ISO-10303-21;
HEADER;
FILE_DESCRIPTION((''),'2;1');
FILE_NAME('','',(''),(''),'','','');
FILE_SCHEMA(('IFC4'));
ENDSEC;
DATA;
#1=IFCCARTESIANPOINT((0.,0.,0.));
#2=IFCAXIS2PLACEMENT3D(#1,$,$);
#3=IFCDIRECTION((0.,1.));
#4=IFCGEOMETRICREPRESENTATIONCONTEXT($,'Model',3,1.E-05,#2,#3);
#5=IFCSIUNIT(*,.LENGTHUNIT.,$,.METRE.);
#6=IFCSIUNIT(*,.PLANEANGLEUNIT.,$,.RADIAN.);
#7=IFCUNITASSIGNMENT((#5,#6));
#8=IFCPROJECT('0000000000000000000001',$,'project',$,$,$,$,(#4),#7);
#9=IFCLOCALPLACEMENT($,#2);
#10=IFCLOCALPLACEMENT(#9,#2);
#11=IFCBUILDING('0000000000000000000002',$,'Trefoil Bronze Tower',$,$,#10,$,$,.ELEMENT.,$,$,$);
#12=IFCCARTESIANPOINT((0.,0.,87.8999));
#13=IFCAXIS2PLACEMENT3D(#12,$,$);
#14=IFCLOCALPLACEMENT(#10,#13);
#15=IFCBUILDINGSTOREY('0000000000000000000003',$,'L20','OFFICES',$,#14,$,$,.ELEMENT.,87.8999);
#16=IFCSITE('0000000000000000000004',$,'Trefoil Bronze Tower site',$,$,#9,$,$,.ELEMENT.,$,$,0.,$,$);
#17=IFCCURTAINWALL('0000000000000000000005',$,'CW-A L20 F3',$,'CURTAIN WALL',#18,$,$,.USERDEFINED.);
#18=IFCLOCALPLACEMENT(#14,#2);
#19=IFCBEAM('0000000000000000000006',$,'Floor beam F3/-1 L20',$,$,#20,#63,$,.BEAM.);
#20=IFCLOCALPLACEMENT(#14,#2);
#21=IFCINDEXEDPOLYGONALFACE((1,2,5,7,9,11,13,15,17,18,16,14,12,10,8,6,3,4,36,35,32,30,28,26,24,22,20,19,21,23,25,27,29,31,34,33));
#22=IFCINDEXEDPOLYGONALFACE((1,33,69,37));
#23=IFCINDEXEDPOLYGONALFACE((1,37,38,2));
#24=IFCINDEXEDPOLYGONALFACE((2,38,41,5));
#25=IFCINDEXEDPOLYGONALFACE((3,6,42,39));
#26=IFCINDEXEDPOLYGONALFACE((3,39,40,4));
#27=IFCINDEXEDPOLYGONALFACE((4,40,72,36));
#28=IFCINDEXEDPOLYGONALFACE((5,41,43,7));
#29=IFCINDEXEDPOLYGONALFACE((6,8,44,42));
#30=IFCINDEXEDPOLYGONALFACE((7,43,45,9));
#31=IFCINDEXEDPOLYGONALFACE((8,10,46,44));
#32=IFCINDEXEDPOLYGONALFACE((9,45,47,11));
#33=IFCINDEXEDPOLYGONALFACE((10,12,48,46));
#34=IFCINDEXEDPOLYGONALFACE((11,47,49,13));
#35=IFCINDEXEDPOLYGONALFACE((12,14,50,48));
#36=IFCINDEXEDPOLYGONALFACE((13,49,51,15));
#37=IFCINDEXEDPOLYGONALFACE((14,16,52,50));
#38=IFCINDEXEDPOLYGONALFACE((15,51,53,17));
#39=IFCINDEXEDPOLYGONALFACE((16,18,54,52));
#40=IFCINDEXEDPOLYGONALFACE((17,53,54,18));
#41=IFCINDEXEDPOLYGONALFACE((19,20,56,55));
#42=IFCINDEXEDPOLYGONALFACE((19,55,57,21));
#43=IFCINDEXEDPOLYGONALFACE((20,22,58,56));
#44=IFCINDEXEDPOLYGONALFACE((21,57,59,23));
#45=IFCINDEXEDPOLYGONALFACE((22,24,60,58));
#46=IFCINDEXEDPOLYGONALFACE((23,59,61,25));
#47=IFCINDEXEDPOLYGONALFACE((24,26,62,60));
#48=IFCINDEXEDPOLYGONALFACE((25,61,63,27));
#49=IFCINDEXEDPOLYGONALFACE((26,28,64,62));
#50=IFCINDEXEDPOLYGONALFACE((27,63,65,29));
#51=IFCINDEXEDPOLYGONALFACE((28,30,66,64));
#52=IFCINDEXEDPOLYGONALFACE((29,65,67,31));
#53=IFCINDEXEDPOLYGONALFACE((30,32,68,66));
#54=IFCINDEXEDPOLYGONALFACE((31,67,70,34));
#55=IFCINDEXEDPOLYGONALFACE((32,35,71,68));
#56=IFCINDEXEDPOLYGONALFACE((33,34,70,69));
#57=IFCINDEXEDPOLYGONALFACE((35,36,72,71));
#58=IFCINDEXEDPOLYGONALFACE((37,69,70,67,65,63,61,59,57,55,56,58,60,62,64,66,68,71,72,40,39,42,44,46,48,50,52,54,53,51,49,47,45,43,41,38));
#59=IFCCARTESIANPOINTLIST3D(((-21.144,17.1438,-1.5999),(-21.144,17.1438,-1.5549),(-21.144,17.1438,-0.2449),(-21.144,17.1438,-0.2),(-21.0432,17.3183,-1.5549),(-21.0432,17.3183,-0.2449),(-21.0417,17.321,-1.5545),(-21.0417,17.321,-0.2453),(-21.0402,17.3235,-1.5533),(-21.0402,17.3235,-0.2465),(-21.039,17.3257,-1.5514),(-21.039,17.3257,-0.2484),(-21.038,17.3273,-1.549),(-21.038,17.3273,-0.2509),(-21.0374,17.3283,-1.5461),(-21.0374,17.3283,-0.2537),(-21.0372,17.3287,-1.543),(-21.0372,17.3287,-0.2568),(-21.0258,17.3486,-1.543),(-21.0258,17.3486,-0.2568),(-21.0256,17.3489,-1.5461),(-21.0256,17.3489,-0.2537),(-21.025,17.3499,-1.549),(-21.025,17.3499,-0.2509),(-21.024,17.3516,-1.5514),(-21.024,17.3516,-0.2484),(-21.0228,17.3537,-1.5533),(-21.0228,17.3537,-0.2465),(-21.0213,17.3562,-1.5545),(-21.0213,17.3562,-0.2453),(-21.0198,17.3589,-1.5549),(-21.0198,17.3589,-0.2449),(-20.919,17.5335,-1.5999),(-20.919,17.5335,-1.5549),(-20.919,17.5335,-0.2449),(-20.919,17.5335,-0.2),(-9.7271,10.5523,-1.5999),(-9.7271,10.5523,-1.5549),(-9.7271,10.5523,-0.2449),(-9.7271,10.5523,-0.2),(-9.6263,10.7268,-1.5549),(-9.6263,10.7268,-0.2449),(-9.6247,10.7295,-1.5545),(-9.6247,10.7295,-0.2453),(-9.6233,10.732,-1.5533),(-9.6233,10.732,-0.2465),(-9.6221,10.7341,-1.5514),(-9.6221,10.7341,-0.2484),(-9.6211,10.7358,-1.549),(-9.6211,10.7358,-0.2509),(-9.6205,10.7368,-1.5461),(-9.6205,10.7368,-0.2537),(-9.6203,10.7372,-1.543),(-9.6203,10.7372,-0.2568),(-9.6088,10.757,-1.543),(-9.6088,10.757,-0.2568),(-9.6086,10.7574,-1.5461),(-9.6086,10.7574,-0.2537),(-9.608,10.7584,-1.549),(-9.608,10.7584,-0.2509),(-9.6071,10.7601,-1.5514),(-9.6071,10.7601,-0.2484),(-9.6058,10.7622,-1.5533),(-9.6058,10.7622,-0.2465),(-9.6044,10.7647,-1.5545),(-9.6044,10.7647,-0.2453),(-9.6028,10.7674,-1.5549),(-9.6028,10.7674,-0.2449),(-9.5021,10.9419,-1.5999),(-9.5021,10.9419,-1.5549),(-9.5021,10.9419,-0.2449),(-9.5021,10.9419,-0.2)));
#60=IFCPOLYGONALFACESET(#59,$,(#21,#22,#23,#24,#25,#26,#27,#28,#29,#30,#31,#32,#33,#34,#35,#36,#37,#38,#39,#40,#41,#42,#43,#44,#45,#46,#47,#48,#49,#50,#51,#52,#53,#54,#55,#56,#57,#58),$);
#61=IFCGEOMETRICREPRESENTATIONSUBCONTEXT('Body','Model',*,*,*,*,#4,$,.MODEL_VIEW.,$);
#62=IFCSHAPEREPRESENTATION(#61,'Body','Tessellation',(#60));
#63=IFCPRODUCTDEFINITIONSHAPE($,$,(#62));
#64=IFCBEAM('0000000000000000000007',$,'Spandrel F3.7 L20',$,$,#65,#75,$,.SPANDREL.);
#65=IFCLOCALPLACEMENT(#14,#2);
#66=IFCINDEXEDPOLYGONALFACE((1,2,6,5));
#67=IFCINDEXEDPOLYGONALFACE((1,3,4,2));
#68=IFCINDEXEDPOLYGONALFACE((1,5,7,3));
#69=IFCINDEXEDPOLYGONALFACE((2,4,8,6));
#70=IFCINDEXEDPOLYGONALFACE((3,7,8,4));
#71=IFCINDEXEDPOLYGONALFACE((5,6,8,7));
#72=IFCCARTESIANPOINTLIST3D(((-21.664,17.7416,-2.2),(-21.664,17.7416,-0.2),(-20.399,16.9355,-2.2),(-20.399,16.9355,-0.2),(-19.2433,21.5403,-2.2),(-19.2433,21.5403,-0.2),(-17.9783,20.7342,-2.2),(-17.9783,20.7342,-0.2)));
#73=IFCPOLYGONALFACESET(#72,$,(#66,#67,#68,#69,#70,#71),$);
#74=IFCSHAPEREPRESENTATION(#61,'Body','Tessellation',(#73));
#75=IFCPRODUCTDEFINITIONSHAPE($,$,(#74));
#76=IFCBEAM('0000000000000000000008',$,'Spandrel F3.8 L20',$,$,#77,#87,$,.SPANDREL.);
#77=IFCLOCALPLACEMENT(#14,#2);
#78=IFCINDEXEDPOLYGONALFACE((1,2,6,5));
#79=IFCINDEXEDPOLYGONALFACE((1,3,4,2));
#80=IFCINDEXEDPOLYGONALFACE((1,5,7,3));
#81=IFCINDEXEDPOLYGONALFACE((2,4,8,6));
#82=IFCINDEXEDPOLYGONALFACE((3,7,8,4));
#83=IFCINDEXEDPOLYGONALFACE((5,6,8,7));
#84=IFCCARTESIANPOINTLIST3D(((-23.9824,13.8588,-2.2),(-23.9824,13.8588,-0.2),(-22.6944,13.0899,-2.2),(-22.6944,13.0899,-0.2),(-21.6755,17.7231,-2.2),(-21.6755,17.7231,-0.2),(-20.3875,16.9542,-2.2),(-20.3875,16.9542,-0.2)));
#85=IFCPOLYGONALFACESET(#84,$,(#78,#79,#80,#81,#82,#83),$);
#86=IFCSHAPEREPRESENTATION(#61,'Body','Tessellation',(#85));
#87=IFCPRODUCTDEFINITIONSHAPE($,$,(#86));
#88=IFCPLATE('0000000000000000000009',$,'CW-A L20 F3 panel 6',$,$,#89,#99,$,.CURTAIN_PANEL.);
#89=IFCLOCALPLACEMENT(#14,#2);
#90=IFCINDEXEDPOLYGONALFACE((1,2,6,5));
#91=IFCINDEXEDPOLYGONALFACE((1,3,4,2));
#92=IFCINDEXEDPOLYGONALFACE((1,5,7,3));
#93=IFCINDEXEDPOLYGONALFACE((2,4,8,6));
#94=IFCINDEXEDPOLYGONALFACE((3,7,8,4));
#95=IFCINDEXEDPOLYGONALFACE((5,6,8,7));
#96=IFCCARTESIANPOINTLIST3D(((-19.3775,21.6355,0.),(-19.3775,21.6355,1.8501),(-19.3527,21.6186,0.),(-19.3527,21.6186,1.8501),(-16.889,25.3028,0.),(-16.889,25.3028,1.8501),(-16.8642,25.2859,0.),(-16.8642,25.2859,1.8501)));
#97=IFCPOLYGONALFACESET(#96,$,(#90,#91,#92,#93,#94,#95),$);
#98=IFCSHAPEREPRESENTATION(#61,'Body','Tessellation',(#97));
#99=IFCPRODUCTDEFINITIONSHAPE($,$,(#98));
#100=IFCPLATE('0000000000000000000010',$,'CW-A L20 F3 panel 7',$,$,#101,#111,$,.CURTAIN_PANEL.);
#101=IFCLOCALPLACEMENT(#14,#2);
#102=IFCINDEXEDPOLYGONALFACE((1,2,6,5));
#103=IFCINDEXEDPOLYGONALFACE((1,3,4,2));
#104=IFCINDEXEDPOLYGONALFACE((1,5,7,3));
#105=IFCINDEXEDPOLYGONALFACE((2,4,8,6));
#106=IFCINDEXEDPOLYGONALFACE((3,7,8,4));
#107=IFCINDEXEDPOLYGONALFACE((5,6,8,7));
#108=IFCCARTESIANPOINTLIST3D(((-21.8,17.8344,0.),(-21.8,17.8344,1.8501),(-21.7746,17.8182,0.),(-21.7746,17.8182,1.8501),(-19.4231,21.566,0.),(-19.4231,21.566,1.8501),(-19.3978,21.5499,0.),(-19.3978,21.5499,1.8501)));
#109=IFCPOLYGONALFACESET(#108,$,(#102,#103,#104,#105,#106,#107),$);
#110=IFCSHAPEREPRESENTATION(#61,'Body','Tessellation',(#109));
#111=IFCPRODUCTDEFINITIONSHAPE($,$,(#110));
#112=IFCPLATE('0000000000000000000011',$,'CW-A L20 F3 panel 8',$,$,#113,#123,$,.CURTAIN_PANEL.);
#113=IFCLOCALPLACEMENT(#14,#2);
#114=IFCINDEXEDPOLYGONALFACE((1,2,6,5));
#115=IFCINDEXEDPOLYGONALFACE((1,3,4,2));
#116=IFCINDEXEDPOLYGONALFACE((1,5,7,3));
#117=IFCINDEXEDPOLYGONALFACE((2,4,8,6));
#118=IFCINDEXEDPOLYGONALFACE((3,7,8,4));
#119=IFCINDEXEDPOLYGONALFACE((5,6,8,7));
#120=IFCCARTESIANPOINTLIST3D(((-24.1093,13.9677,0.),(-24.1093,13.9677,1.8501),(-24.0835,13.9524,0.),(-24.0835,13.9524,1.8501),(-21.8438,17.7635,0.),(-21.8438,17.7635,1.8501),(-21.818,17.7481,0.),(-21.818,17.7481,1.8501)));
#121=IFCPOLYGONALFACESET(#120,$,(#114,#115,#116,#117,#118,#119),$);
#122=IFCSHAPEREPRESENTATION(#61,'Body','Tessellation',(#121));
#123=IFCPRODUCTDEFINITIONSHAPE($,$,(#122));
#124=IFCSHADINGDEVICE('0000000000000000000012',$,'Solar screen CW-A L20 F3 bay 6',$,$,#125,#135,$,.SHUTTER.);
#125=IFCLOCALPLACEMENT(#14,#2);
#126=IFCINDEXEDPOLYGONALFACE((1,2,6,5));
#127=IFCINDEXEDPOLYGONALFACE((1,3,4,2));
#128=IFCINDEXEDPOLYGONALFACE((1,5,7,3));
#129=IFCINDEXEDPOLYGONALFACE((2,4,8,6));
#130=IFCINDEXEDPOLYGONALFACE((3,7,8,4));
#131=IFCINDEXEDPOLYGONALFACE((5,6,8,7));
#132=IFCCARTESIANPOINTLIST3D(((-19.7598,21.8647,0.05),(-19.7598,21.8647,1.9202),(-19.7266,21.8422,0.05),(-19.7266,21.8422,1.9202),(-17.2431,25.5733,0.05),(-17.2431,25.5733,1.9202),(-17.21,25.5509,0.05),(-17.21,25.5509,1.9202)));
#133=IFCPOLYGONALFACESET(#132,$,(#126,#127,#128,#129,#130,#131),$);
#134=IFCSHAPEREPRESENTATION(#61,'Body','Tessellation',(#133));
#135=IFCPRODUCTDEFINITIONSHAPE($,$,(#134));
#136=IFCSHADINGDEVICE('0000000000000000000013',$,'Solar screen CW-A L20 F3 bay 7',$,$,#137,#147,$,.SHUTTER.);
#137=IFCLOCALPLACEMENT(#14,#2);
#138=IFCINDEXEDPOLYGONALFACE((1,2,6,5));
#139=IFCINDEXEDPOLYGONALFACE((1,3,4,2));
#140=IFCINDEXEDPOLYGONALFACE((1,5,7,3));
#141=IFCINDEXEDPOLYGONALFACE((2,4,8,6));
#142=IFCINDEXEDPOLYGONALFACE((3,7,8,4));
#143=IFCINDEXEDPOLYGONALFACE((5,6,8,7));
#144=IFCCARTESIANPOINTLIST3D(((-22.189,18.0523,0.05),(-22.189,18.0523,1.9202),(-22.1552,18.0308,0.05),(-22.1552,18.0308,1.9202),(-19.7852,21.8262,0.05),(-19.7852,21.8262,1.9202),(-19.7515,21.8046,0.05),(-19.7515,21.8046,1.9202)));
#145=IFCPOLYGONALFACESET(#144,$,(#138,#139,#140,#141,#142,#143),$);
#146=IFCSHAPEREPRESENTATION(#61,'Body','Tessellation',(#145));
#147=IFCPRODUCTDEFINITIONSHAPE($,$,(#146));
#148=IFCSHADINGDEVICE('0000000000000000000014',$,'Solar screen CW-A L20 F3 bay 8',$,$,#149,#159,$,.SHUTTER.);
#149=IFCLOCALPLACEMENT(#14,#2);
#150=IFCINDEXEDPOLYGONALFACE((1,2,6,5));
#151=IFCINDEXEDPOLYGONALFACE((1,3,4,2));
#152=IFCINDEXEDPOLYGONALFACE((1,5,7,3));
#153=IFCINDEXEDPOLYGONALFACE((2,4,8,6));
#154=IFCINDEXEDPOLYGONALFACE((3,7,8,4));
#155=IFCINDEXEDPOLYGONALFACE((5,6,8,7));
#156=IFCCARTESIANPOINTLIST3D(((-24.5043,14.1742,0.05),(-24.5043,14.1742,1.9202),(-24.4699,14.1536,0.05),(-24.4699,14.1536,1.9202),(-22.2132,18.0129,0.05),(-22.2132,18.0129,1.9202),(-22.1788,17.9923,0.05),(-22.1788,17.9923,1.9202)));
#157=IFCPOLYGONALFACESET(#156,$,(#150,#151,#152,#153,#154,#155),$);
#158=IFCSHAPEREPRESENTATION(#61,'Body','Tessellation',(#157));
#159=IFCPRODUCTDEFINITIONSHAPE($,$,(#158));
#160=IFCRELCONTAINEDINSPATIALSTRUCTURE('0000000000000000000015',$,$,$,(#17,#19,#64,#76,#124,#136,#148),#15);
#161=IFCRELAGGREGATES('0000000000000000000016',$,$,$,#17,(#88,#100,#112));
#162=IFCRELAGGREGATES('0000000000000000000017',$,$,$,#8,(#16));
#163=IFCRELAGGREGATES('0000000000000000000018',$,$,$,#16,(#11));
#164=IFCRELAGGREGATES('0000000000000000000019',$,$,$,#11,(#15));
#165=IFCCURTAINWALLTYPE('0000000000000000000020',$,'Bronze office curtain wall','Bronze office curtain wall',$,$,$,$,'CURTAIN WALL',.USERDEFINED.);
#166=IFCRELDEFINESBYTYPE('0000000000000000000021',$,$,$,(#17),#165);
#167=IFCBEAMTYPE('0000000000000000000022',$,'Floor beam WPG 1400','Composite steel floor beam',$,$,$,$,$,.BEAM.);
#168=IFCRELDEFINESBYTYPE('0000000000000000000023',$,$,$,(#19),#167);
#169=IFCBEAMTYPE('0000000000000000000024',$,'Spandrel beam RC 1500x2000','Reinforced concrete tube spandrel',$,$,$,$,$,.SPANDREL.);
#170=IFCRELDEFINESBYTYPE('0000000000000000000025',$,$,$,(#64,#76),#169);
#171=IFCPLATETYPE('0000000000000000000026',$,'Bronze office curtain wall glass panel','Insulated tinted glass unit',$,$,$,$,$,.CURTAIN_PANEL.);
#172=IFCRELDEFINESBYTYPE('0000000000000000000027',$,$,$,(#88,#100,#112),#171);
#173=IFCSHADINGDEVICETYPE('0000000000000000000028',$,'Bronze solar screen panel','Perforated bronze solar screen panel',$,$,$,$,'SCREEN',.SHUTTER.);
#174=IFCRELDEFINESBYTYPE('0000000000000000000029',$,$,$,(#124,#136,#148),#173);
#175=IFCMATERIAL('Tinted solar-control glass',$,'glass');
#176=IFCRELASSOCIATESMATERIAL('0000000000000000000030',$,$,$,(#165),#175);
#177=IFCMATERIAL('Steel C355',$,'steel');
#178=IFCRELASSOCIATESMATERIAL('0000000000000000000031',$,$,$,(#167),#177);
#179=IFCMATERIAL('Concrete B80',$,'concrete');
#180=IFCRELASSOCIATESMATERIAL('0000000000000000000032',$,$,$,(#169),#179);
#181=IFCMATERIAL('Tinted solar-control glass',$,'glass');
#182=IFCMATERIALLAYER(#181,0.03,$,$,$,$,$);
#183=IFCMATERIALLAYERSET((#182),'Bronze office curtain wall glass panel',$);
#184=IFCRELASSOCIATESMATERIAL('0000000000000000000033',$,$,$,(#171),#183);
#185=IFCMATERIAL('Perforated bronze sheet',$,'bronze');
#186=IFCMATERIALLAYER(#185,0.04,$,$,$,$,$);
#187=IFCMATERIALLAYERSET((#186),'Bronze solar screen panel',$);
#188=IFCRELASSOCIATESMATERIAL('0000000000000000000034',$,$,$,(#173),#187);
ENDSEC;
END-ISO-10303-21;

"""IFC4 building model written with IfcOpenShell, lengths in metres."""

from ifc_helpers import new_model, si_unit, direction, frame, origin, origin_2d, place, context, subcontext, project, spatial, rectangle, i_section, extrude, material, layer, layer_set, material_profile, profile_set, type_object, element, aggregate, save


model = new_model("IFC4")

# Units and contexts
model_context = context("Model", 3, precision=1e-05, world=origin(), true_north=direction((0.0, 1.0)))
body_context = subcontext(model_context, "Body", "Model", "MODEL_VIEW")
ifc_project = project(units=[si_unit("LENGTHUNIT", "METRE"), si_unit("PLANEANGLEUNIT", "RADIAN")], contexts=[model_context])

# Site, building, storey
site_placement = place(None, origin())
site = spatial("IfcSite", under=ifc_project, at=site_placement, Name="Trefoil Bronze Tower site", CompositionType="ELEMENT", RefElevation=0.0)
building_placement = place(site_placement, origin())
building = spatial("IfcBuilding", under=site, at=building_placement, Name="Trefoil Bronze Tower", CompositionType="ELEMENT")
storey_placement = place(building_placement, frame((0.0, 0.0, 87.8999)))
storey = spatial("IfcBuildingStorey", under=building, at=storey_placement, Name="L20", Description="OFFICES", CompositionType="ELEMENT", Elevation=87.8999)

# Curtain wall
ifc_material_1 = material(Name="Tinted solar-control glass", Category="glass")
curtain_wall_type = type_object("IfcCurtainWallType", Name="Bronze office curtain wall", Description="Bronze office curtain wall", ElementType="CURTAIN WALL", PredefinedType="USERDEFINED", material=ifc_material_1)
curtain_wall_placement = place(storey_placement, origin())
curtain_wall = element("IfcCurtainWall", 1, at=curtain_wall_placement, inside=storey, type_object=curtain_wall_type, Name="CW-A L20 F3", ObjectType="CURTAIN WALL", PredefinedType="USERDEFINED")

# Beams
ifc_material_2 = material(Name="Steel C355", Category="steel")
ifc_material_profile_1 = material_profile(ifc_material_2, i_section(OverallWidth=0.45, OverallDepth=1.3999, WebThickness=0.0229, FlangeThickness=0.0449, FilletRadius=0.012, at=origin_2d()), Name="WPG 1400")
ifc_profile_set_1 = profile_set([ifc_material_profile_1], Name="Steel C355")
beam_type_1 = type_object("IfcBeamType", Name="Floor beam WPG 1400", Description="Composite steel floor beam", PredefinedType="BEAM", material=ifc_profile_set_1)
beam_1_placement = place(storey_placement, frame((-21.0315, 17.3386, -0.8999), z_axis=(0.866027, -0.499997, 0.0), x_axis=(0.499997, 0.866027, 0.0)))
element("IfcBeam", 2, at=beam_1_placement, inside=storey, type_object=beam_type_1, Name="Floor beam F3/-1 L20", PredefinedType="BEAM", context=body_context, shape_type="SweptSolid", body=[
    extrude(i_section(OverallWidth=0.45, OverallDepth=1.3999, WebThickness=0.0229, FlangeThickness=0.0449, FilletRadius=0.012, at=origin_2d()), origin(), (0.0, 0.0, 1.0), 13.1831),
])
ifc_material_3 = material(Name="Concrete B80", Category="concrete")
ifc_material_profile_2 = material_profile(ifc_material_3, rectangle(XDim=1.5, YDim=2.0, at=origin_2d()), Name="RC 1500x2000")
ifc_profile_set_2 = profile_set([ifc_material_profile_2], Name="Concrete B80")
beam_type_2 = type_object("IfcBeamType", Name="Spandrel beam RC 1500x2000", Description="Reinforced concrete tube spandrel", PredefinedType="SPANDREL", material=ifc_profile_set_2)
beam_2_placement = place(storey_placement, frame((-18.6108, 21.1372, -1.2), z_axis=(-0.537408, -0.843322, 0.0), x_axis=(0.843322, -0.537408, 0.0)))
element("IfcBeam", 3, at=beam_2_placement, inside=storey, type_object=beam_type_2, Name="Spandrel F3.7 L20", PredefinedType="SPANDREL", context=body_context, shape_type="SweptSolid", body=[
    extrude(rectangle(XDim=1.5, YDim=2.0, at=origin_2d()), origin(), (0.0, 0.0, 1.0), 4.5044),
])
beam_3_placement = place(storey_placement, frame((-21.0315, 17.3386, -1.2), z_axis=(-0.512588, -0.858635, 0.0), x_axis=(0.858635, -0.512588, 0.0)))
element("IfcBeam", 4, at=beam_3_placement, inside=storey, type_object=beam_type_2, Name="Spandrel F3.8 L20", PredefinedType="SPANDREL", context=body_context, shape_type="SweptSolid", body=[
    extrude(rectangle(XDim=1.5, YDim=2.0, at=origin_2d()), origin(), (0.0, 0.0, 1.0), 4.5005),
])

# Plates
ifc_material_4 = material(Name="Tinted solar-control glass", Category="glass")
ifc_layer_1 = layer(ifc_material_4, 0.03)
ifc_layer_set_1 = layer_set([ifc_layer_1], Name="Bronze office curtain wall glass panel")
plate_type = type_object("IfcPlateType", Name="Bronze office curtain wall glass panel", Description="Insulated tinted glass unit", PredefinedType="CURTAIN_PANEL", material=ifc_layer_set_1)
plate_1_placement = place(storey_placement, frame((-18.1208, 23.4607, 0.0), z_axis=(0.0, 0.0, 1.0), x_axis=(-0.56151, -0.82747, 0.0)))
plate_1 = element("IfcPlate", 5, at=plate_1_placement, type_object=plate_type, Name="CW-A L20 F3 panel 6", PredefinedType="CURTAIN_PANEL", context=body_context, shape_type="SweptSolid", body=[
    extrude(rectangle(XDim=4.4319, YDim=0.03, at=origin_2d()), origin(), (0.0, 0.0, 1.0), 1.8501),
])
plate_2_placement = place(storey_placement, frame((-20.5989, 19.6921, 0.0), z_axis=(0.0, 0.0, 1.0), x_axis=(-0.537222, -0.843441, 0.0)))
plate_2 = element("IfcPlate", 6, at=plate_2_placement, type_object=plate_type, Name="CW-A L20 F3 panel 7", PredefinedType="CURTAIN_PANEL", context=body_context, shape_type="SweptSolid", body=[
    extrude(rectangle(XDim=4.4243, YDim=0.03, at=origin_2d()), origin(), (0.0, 0.0, 1.0), 1.8501),
])
plate_3_placement = place(storey_placement, frame((-22.9636, 15.8579, 0.0), z_axis=(0.0, 0.0, 1.0), x_axis=(-0.512513, -0.85868, 0.0)))
plate_3 = element("IfcPlate", 7, at=plate_3_placement, type_object=plate_type, Name="CW-A L20 F3 panel 8", PredefinedType="CURTAIN_PANEL", context=body_context, shape_type="SweptSolid", body=[
    extrude(rectangle(XDim=4.4204, YDim=0.03, at=origin_2d()), origin(), (0.0, 0.0, 1.0), 1.8501),
])
aggregate(curtain_wall, [plate_1, plate_2, plate_3])

# Shading devices
ifc_material_5 = material(Name="Perforated bronze sheet", Category="bronze")
ifc_layer_2 = layer(ifc_material_5, 0.04)
ifc_layer_set_2 = layer_set([ifc_layer_2], Name="Bronze solar screen panel")
shading_device_type = type_object("IfcShadingDeviceType", Name="Bronze solar screen panel", Description="Perforated bronze solar screen panel", ElementType="SCREEN", PredefinedType="SHUTTER", material=ifc_layer_set_2)
shading_device_1_placement = place(storey_placement, frame((-18.4849, 23.7078, 0.05), z_axis=(0.0, 0.0, 1.0), x_axis=(-0.56151, -0.82747, 0.0)))
element("IfcShadingDevice", 8, at=shading_device_1_placement, inside=storey, type_object=shading_device_type, Name="Solar screen CW-A L20 F3 bay 6", PredefinedType="SHUTTER", context=body_context, shape_type="SweptSolid", body=[
    extrude(rectangle(XDim=4.4819, YDim=0.04, at=origin_2d()), origin(), (0.0, 0.0, 1.0), 1.8701),
])
shading_device_2_placement = place(storey_placement, frame((-20.9702, 19.9285, 0.05), z_axis=(0.0, 0.0, 1.0), x_axis=(-0.537222, -0.843441, 0.0)))
element("IfcShadingDevice", 9, at=shading_device_2_placement, inside=storey, type_object=shading_device_type, Name="Solar screen CW-A L20 F3 bay 7", PredefinedType="SHUTTER", context=body_context, shape_type="SweptSolid", body=[
    extrude(rectangle(XDim=4.4744, YDim=0.04, at=origin_2d()), origin(), (0.0, 0.0, 1.0), 1.8701),
])
shading_device_3_placement = place(storey_placement, frame((-23.3416, 16.0833, 0.05), z_axis=(0.0, 0.0, 1.0), x_axis=(-0.512513, -0.85868, 0.0)))
element("IfcShadingDevice", 10, at=shading_device_3_placement, inside=storey, type_object=shading_device_type, Name="Solar screen CW-A L20 F3 bay 8", PredefinedType="SHUTTER", context=body_context, shape_type="SweptSolid", body=[
    extrude(rectangle(XDim=4.4705, YDim=0.04, at=origin_2d()), origin(), (0.0, 0.0, 1.0), 1.8701),
])

save(model, "model.ifc")
